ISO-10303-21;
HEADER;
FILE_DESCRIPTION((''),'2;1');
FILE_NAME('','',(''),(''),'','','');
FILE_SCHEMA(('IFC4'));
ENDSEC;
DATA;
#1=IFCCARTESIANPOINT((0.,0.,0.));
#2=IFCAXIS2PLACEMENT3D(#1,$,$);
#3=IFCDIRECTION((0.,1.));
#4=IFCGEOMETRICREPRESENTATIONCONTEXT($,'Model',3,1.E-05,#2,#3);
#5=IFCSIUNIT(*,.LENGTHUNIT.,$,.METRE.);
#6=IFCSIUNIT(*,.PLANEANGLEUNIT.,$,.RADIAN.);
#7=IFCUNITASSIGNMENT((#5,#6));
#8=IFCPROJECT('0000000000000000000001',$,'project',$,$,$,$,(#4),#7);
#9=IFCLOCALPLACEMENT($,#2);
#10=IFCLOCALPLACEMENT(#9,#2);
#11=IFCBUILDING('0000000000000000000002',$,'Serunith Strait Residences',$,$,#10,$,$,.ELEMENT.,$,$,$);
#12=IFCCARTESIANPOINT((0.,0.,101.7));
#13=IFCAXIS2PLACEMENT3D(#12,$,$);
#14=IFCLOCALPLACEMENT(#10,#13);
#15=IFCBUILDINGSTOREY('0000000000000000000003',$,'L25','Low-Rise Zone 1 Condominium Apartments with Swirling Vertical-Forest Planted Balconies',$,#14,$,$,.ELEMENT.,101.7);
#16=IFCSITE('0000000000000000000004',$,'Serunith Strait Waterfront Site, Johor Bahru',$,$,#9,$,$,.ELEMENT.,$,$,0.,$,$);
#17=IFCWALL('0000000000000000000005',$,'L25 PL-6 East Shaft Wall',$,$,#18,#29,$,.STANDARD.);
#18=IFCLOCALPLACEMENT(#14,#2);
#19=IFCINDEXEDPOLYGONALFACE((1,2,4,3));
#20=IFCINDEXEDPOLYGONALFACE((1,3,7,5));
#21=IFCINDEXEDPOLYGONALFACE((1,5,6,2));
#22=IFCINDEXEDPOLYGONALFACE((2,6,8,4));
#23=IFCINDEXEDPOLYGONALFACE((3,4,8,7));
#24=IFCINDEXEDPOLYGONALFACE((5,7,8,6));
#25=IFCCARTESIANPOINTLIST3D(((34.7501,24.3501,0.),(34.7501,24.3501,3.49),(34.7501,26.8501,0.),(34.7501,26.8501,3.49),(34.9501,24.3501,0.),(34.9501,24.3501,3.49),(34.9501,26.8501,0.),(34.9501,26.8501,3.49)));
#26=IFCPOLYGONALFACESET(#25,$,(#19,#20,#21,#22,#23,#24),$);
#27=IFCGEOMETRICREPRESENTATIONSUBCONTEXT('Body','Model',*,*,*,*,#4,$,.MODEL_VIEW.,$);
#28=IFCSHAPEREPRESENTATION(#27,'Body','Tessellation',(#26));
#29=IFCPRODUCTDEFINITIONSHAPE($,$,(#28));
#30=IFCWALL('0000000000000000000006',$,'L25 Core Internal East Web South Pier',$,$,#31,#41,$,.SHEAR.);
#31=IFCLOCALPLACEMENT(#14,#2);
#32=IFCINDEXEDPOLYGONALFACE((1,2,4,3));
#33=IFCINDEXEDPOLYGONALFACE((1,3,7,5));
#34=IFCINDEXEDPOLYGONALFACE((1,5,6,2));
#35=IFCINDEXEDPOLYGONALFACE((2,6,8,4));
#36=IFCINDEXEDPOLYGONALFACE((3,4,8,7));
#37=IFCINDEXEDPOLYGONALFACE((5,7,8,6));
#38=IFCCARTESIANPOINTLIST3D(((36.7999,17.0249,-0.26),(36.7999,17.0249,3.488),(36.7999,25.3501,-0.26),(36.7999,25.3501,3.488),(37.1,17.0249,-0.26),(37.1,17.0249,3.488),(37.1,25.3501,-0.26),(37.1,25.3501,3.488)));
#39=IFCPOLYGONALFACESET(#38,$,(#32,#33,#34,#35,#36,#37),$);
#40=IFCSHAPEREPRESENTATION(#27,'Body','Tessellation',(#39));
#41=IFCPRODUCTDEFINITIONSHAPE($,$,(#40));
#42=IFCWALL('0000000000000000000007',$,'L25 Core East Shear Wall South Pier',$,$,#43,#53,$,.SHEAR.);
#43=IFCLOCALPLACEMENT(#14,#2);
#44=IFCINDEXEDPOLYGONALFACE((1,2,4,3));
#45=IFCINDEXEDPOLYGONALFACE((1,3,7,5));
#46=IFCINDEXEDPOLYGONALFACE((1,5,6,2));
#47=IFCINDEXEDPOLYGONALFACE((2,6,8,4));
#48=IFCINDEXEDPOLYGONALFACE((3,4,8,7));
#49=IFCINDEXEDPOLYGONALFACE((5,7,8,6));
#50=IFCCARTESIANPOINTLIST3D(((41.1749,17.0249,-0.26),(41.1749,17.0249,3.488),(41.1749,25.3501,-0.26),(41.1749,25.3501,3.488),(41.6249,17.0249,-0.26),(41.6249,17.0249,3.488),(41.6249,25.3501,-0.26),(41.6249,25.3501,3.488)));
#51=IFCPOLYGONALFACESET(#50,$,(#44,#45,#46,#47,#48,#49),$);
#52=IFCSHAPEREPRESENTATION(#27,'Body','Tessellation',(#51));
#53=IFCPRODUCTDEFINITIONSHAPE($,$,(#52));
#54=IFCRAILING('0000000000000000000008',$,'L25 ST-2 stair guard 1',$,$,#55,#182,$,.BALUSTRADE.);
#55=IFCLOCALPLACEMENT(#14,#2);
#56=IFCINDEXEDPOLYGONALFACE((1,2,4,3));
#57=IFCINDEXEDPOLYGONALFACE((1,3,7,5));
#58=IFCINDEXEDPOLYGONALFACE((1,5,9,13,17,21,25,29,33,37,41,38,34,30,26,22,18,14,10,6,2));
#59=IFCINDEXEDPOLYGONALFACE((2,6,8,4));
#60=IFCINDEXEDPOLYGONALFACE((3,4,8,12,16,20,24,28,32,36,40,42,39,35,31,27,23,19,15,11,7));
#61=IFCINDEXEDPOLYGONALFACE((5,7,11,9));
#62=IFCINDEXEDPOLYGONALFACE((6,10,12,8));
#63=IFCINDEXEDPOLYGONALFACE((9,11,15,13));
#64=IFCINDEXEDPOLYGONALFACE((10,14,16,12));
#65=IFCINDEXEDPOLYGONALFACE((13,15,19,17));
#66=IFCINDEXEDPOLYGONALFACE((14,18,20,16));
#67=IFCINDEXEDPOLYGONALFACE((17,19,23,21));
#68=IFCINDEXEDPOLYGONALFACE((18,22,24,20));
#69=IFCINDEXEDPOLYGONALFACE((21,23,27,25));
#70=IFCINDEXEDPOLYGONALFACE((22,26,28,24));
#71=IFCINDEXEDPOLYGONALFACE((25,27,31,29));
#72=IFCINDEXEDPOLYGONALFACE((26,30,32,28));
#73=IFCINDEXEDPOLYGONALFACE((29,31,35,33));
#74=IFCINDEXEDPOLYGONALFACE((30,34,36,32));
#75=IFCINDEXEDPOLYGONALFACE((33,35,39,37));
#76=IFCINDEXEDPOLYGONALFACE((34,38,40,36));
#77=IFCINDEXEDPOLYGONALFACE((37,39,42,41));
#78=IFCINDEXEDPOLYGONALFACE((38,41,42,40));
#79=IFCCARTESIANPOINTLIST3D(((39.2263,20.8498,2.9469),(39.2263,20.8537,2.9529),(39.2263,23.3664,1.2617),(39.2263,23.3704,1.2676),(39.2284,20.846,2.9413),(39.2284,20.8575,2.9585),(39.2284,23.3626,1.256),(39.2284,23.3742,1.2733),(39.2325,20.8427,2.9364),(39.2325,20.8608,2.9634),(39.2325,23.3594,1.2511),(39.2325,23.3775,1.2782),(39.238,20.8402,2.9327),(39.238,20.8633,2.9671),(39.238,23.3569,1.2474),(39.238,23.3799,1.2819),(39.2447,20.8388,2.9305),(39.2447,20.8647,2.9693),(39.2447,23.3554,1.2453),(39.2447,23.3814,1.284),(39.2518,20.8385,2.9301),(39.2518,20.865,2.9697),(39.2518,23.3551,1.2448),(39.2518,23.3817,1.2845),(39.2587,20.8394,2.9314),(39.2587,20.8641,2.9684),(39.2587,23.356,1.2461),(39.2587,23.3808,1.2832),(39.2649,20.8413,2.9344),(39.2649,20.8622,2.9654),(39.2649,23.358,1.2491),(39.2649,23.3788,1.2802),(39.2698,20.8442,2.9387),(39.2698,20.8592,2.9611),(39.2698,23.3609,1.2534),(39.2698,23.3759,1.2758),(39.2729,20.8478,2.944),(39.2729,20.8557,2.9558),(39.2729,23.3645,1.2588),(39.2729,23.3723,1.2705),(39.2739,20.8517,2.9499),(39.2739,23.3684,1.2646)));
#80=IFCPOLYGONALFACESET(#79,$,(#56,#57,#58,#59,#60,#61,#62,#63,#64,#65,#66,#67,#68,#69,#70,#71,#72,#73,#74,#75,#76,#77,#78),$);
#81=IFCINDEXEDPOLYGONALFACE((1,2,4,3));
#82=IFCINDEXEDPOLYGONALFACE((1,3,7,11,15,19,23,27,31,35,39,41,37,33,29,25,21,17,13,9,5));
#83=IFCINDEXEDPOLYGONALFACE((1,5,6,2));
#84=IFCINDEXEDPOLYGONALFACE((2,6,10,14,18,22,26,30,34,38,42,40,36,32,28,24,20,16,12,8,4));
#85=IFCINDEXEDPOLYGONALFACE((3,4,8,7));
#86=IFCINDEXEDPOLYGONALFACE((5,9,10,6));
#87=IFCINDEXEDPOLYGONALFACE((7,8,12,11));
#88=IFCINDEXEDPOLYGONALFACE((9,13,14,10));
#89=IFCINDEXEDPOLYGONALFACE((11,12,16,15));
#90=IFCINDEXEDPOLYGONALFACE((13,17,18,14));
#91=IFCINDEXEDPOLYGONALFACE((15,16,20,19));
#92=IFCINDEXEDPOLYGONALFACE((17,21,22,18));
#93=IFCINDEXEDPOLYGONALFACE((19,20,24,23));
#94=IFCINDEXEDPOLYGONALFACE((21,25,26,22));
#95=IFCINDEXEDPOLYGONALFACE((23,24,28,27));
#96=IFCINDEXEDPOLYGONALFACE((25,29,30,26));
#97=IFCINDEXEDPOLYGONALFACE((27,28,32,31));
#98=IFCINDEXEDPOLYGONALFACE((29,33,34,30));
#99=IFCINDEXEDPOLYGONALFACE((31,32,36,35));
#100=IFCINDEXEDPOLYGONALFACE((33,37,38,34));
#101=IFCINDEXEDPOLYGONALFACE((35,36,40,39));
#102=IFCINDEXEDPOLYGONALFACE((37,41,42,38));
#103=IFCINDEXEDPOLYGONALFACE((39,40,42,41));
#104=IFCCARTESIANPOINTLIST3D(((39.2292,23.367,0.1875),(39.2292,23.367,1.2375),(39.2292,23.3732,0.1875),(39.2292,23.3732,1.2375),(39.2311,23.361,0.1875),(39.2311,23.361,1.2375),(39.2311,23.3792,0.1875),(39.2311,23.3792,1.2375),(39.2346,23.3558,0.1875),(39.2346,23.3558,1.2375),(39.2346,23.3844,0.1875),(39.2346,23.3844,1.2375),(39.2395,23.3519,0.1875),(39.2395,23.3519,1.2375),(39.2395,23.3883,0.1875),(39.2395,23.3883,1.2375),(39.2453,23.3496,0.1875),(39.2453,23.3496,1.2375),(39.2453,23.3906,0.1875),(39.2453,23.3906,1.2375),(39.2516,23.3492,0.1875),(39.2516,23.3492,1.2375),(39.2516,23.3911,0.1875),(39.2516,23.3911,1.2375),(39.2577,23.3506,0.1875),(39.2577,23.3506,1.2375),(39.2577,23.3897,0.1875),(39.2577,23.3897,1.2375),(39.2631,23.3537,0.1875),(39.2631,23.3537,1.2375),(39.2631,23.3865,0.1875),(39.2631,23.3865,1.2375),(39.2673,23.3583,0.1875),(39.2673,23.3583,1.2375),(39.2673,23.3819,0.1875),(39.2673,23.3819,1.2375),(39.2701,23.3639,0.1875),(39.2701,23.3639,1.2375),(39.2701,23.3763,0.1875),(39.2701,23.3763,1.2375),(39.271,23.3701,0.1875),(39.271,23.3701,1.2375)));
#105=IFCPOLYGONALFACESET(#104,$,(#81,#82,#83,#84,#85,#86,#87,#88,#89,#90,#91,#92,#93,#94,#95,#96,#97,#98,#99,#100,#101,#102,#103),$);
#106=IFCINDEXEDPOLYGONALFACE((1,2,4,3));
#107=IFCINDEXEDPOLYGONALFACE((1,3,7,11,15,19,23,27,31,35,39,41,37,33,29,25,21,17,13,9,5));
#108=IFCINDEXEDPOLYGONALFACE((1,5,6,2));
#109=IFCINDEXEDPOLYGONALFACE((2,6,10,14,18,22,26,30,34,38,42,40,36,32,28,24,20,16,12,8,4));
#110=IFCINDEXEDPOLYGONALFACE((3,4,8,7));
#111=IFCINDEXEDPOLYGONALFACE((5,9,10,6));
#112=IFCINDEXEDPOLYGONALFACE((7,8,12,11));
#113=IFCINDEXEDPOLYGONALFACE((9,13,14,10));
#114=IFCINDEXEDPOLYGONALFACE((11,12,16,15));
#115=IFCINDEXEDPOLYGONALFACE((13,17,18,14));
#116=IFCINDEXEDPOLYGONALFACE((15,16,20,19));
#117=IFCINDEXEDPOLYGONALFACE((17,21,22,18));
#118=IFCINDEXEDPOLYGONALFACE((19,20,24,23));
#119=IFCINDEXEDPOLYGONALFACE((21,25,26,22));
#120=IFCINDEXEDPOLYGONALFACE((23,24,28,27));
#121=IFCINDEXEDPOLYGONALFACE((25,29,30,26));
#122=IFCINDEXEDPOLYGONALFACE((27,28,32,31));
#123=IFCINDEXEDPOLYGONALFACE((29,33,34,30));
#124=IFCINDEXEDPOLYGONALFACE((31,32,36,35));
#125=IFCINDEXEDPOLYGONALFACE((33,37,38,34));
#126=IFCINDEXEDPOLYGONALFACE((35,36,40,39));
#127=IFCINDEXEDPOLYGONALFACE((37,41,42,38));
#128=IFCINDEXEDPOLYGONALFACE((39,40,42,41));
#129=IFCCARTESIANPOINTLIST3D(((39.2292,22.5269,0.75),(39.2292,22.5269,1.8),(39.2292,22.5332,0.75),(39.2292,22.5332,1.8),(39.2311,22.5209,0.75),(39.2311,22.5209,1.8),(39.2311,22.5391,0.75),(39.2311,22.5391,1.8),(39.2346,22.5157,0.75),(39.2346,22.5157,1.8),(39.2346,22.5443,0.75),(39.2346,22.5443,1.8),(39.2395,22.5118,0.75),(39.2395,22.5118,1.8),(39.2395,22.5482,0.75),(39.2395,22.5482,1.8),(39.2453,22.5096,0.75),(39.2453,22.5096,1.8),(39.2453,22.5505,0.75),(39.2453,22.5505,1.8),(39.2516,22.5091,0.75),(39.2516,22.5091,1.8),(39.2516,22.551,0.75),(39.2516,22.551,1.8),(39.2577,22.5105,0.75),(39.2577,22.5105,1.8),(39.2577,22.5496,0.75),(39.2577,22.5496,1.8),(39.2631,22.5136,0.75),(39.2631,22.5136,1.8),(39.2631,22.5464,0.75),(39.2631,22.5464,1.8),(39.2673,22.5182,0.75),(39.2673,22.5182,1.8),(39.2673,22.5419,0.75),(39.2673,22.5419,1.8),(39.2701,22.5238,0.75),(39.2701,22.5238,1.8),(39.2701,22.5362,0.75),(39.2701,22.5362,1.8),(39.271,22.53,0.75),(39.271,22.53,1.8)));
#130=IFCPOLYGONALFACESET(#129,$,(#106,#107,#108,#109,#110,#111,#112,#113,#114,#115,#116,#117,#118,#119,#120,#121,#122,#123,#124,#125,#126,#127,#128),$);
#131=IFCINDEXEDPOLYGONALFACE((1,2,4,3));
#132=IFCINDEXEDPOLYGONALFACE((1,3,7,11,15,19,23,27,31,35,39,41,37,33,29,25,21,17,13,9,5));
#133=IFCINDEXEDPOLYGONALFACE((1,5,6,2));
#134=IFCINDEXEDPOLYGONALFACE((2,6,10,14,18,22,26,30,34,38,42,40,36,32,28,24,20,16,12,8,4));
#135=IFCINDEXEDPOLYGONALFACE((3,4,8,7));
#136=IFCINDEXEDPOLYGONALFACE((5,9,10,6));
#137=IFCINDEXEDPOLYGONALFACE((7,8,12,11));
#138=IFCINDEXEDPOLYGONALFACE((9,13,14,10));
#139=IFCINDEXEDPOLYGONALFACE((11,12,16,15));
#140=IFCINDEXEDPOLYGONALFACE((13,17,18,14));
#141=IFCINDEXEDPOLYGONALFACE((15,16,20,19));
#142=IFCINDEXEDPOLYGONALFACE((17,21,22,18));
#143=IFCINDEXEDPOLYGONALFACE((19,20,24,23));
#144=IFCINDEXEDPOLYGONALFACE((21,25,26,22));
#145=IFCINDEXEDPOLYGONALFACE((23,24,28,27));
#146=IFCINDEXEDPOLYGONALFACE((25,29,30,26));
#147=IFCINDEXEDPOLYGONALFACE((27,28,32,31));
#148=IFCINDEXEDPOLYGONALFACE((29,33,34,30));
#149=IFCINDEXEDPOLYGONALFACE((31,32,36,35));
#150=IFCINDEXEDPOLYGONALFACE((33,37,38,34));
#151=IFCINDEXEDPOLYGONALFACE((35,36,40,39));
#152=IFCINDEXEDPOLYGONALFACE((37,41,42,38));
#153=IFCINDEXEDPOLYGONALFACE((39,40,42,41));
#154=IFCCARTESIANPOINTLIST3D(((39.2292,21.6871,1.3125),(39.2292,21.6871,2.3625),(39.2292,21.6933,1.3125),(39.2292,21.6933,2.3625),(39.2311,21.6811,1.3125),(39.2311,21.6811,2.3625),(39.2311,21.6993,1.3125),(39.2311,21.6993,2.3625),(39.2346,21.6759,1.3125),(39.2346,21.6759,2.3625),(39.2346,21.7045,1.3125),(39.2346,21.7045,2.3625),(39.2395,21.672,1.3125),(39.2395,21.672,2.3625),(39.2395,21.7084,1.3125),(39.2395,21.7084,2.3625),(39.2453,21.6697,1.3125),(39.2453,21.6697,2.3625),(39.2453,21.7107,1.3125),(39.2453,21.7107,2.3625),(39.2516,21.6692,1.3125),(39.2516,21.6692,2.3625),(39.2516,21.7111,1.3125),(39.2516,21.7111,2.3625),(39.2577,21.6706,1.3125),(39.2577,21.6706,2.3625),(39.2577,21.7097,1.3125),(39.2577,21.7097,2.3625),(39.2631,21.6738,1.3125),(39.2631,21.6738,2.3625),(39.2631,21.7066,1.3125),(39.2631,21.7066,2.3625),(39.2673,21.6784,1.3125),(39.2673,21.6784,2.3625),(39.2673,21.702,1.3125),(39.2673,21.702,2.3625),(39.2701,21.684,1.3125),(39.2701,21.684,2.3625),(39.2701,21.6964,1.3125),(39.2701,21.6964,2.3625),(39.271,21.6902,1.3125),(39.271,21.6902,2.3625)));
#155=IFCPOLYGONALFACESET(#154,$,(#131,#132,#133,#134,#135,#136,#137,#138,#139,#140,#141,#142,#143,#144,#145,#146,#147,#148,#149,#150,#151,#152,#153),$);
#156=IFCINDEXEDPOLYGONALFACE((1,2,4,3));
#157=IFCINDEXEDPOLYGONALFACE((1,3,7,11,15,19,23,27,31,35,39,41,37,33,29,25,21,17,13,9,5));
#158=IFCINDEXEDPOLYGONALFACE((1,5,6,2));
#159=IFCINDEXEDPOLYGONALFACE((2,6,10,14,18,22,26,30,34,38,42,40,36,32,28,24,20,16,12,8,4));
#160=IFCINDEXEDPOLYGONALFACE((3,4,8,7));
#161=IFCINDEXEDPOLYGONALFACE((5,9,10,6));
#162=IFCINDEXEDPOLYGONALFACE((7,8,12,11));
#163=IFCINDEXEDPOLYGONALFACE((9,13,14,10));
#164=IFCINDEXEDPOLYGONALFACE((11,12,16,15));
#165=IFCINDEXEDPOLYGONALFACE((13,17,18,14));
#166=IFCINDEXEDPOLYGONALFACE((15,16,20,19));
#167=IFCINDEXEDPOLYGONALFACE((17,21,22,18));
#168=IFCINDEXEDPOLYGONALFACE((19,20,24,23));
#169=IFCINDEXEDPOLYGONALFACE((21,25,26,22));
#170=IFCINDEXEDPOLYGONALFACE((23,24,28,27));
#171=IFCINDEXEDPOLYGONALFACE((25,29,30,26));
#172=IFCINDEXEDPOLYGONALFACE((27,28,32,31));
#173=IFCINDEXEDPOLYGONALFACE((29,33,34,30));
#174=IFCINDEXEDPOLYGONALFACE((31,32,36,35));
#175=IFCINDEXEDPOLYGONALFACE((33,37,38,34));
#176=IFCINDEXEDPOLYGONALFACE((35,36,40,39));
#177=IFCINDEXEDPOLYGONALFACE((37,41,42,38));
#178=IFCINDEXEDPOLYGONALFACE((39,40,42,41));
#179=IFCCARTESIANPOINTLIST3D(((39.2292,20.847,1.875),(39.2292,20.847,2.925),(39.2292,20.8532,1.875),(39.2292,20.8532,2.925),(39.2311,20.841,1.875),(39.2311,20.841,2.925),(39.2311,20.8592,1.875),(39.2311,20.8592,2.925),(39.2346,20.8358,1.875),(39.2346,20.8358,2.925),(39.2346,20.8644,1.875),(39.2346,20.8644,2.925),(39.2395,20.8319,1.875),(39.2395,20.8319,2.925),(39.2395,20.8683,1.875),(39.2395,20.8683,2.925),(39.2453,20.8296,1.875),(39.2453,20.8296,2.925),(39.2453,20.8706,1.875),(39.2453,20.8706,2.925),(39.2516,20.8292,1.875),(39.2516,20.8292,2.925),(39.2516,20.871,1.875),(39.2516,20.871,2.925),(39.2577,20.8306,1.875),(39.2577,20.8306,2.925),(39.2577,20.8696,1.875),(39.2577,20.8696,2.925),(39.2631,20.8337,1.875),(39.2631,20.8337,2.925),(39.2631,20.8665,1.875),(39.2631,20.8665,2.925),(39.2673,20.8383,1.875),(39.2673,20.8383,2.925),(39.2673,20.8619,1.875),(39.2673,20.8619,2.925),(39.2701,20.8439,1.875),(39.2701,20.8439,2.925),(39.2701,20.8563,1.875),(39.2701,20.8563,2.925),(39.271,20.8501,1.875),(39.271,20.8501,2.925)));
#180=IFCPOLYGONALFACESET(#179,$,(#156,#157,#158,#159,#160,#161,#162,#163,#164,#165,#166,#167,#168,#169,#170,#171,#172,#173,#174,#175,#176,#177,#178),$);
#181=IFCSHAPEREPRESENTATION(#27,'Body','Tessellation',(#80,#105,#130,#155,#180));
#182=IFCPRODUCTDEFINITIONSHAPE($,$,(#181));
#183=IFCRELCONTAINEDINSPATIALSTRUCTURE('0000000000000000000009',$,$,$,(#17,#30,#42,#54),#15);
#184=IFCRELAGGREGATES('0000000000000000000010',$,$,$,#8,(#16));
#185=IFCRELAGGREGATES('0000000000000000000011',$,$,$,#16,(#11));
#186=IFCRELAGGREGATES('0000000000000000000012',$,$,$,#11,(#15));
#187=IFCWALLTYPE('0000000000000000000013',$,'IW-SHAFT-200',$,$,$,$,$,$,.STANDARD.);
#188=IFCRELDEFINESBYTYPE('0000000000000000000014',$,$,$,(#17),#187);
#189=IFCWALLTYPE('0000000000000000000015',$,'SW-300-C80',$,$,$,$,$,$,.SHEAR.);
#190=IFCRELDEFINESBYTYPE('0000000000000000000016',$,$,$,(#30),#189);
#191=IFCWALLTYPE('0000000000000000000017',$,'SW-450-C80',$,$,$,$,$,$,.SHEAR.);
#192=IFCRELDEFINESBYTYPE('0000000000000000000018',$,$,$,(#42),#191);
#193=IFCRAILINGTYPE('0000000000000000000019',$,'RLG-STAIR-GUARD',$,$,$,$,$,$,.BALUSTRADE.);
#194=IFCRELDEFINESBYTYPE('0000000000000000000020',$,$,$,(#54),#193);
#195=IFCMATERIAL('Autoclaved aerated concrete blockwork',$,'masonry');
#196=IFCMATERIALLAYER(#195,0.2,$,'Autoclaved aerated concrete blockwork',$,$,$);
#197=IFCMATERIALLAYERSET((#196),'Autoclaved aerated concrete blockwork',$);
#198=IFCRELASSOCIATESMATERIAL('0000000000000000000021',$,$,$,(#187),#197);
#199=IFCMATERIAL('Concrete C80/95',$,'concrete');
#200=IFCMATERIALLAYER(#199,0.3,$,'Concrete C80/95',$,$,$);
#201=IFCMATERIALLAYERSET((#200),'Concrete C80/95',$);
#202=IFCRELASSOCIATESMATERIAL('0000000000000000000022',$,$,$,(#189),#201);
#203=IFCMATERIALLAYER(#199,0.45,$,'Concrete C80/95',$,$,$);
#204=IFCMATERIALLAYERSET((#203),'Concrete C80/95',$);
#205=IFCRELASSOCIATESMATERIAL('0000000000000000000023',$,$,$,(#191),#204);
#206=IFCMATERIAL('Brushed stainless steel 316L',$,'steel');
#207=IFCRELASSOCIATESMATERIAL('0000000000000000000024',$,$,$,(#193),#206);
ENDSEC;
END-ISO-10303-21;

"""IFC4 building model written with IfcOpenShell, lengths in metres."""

from ifc_helpers import new_model, si_unit, direction, frame, frame_2d, origin, origin_2d, place, context, subcontext, project, spatial, rectangle, circle, extrude, material, layer, layer_set, type_object, element, save


model = new_model("IFC4")

# Units and contexts
model_context = context("Model", 3, precision=1e-05, world=origin(), true_north=direction((0.0, 1.0)))
body_context = subcontext(model_context, "Body", "Model", "MODEL_VIEW")
ifc_project = project(units=[si_unit("LENGTHUNIT", "METRE"), si_unit("PLANEANGLEUNIT", "RADIAN")], contexts=[model_context])

# Site, building, storey
site_placement = place(None, origin())
site = spatial("IfcSite", under=ifc_project, at=site_placement, Name="Serunith Strait Waterfront Site, Johor Bahru", CompositionType="ELEMENT", RefElevation=0.0)
building_placement = place(site_placement, origin())
building = spatial("IfcBuilding", under=site, at=building_placement, Name="Serunith Strait Residences", CompositionType="ELEMENT")
storey_placement = place(building_placement, frame((0.0, 0.0, 101.7)))
storey = spatial("IfcBuildingStorey", under=building, at=storey_placement, Name="L25", Description="Low-Rise Zone 1 Condominium Apartments with Swirling Vertical-Forest Planted Balconies", CompositionType="ELEMENT", Elevation=101.7)

# Shared definitions
ifc_material_1 = material(Name="Autoclaved aerated concrete blockwork", Category="masonry")
ifc_layer_1 = layer(ifc_material_1, 0.2, Name="Autoclaved aerated concrete blockwork")
ifc_layer_set_1 = layer_set([ifc_layer_1], Name="Autoclaved aerated concrete blockwork")
wall_type_1 = type_object("IfcWallType", Name="IW-SHAFT-200", PredefinedType="STANDARD", material=ifc_layer_set_1)

# Walls
wall_1_placement = place(storey_placement, frame((34.8501, 24.3501, 0.0), z_axis=(0.0, 0.0, 1.0), x_axis=(0.0, 1.0, 0.0)))
element("IfcWall", 1, at=wall_1_placement, inside=storey, type_object=wall_type_1, Name="L25 PL-6 East Shaft Wall", PredefinedType="STANDARD", context=body_context, shape_type="SweptSolid", body=[
    extrude(rectangle(XDim=2.5, YDim=0.2, at=frame_2d((1.25, 0.0))), origin(), (0.0, 0.0, 1.0), 3.49),
])
ifc_material_2 = material(Name="Concrete C80/95", Category="concrete")
ifc_layer_2 = layer(ifc_material_2, 0.3, Name="Concrete C80/95")
ifc_layer_set_2 = layer_set([ifc_layer_2], Name="Concrete C80/95")
wall_type_2 = type_object("IfcWallType", Name="SW-300-C80", PredefinedType="SHEAR", material=ifc_layer_set_2)
wall_2_placement = place(storey_placement, frame((36.95, 17.0249, -0.26), z_axis=(0.0, 0.0, 1.0), x_axis=(0.0, 1.0, 0.0)))
element("IfcWall", 2, at=wall_2_placement, inside=storey, type_object=wall_type_2, Name="L25 Core Internal East Web South Pier", PredefinedType="SHEAR", context=body_context, shape_type="SweptSolid", body=[
    extrude(rectangle(XDim=8.3252, YDim=0.3, at=frame_2d((4.1626, 0.0))), origin(), (0.0, 0.0, 1.0), 3.748),
])
ifc_layer_3 = layer(ifc_material_2, 0.45, Name="Concrete C80/95")
ifc_layer_set_3 = layer_set([ifc_layer_3], Name="Concrete C80/95")
wall_type_3 = type_object("IfcWallType", Name="SW-450-C80", PredefinedType="SHEAR", material=ifc_layer_set_3)
wall_3_placement = place(storey_placement, frame((41.3999, 17.0249, -0.26), z_axis=(0.0, 0.0, 1.0), x_axis=(0.0, 1.0, 0.0)))
element("IfcWall", 3, at=wall_3_placement, inside=storey, type_object=wall_type_3, Name="L25 Core East Shear Wall South Pier", PredefinedType="SHEAR", context=body_context, shape_type="SweptSolid", body=[
    extrude(rectangle(XDim=8.3252, YDim=0.45, at=frame_2d((4.1626, 0.0))), origin(), (0.0, 0.0, 1.0), 3.748),
])

# Railing
ifc_material_3 = material(Name="Brushed stainless steel 316L", Category="steel")
railing_type_1 = type_object("IfcRailingType", Name="RLG-STAIR-GUARD", PredefinedType="BALUSTRADE", material=ifc_material_3)
railing_1_placement = place(storey_placement, frame((39.25, 23.3701, 0.1875)))
element("IfcRailing", 4, at=railing_1_placement, inside=storey, type_object=railing_type_1, Name="L25 ST-2 stair guard 1", PredefinedType="BALUSTRADE", context=body_context, shape_type="SweptSolid", body=[
    extrude(circle(Radius=0.0239, at=origin_2d()), frame((0.0, -0.0017, 1.0771), z_axis=(0.0, -0.830909, 0.556408), x_axis=(1.0, 0.0, 0.0)), (0.0, 0.0, 1.0), 3.0288),
    extrude(circle(Radius=0.021, at=origin_2d()), origin(), (0.0, 0.0, 1.0), 1.05),
    extrude(circle(Radius=0.021, at=origin_2d()), frame((0.0, -0.8401, 0.5625)), (0.0, 0.0, 1.0), 1.05),
    extrude(circle(Radius=0.021, at=origin_2d()), frame((0.0, -1.6799, 1.125)), (0.0, 0.0, 1.0), 1.05),
    extrude(circle(Radius=0.021, at=origin_2d()), frame((0.0, -2.52, 1.6875)), (0.0, 0.0, 1.0), 1.05),
])

save(model, "model.ifc")
